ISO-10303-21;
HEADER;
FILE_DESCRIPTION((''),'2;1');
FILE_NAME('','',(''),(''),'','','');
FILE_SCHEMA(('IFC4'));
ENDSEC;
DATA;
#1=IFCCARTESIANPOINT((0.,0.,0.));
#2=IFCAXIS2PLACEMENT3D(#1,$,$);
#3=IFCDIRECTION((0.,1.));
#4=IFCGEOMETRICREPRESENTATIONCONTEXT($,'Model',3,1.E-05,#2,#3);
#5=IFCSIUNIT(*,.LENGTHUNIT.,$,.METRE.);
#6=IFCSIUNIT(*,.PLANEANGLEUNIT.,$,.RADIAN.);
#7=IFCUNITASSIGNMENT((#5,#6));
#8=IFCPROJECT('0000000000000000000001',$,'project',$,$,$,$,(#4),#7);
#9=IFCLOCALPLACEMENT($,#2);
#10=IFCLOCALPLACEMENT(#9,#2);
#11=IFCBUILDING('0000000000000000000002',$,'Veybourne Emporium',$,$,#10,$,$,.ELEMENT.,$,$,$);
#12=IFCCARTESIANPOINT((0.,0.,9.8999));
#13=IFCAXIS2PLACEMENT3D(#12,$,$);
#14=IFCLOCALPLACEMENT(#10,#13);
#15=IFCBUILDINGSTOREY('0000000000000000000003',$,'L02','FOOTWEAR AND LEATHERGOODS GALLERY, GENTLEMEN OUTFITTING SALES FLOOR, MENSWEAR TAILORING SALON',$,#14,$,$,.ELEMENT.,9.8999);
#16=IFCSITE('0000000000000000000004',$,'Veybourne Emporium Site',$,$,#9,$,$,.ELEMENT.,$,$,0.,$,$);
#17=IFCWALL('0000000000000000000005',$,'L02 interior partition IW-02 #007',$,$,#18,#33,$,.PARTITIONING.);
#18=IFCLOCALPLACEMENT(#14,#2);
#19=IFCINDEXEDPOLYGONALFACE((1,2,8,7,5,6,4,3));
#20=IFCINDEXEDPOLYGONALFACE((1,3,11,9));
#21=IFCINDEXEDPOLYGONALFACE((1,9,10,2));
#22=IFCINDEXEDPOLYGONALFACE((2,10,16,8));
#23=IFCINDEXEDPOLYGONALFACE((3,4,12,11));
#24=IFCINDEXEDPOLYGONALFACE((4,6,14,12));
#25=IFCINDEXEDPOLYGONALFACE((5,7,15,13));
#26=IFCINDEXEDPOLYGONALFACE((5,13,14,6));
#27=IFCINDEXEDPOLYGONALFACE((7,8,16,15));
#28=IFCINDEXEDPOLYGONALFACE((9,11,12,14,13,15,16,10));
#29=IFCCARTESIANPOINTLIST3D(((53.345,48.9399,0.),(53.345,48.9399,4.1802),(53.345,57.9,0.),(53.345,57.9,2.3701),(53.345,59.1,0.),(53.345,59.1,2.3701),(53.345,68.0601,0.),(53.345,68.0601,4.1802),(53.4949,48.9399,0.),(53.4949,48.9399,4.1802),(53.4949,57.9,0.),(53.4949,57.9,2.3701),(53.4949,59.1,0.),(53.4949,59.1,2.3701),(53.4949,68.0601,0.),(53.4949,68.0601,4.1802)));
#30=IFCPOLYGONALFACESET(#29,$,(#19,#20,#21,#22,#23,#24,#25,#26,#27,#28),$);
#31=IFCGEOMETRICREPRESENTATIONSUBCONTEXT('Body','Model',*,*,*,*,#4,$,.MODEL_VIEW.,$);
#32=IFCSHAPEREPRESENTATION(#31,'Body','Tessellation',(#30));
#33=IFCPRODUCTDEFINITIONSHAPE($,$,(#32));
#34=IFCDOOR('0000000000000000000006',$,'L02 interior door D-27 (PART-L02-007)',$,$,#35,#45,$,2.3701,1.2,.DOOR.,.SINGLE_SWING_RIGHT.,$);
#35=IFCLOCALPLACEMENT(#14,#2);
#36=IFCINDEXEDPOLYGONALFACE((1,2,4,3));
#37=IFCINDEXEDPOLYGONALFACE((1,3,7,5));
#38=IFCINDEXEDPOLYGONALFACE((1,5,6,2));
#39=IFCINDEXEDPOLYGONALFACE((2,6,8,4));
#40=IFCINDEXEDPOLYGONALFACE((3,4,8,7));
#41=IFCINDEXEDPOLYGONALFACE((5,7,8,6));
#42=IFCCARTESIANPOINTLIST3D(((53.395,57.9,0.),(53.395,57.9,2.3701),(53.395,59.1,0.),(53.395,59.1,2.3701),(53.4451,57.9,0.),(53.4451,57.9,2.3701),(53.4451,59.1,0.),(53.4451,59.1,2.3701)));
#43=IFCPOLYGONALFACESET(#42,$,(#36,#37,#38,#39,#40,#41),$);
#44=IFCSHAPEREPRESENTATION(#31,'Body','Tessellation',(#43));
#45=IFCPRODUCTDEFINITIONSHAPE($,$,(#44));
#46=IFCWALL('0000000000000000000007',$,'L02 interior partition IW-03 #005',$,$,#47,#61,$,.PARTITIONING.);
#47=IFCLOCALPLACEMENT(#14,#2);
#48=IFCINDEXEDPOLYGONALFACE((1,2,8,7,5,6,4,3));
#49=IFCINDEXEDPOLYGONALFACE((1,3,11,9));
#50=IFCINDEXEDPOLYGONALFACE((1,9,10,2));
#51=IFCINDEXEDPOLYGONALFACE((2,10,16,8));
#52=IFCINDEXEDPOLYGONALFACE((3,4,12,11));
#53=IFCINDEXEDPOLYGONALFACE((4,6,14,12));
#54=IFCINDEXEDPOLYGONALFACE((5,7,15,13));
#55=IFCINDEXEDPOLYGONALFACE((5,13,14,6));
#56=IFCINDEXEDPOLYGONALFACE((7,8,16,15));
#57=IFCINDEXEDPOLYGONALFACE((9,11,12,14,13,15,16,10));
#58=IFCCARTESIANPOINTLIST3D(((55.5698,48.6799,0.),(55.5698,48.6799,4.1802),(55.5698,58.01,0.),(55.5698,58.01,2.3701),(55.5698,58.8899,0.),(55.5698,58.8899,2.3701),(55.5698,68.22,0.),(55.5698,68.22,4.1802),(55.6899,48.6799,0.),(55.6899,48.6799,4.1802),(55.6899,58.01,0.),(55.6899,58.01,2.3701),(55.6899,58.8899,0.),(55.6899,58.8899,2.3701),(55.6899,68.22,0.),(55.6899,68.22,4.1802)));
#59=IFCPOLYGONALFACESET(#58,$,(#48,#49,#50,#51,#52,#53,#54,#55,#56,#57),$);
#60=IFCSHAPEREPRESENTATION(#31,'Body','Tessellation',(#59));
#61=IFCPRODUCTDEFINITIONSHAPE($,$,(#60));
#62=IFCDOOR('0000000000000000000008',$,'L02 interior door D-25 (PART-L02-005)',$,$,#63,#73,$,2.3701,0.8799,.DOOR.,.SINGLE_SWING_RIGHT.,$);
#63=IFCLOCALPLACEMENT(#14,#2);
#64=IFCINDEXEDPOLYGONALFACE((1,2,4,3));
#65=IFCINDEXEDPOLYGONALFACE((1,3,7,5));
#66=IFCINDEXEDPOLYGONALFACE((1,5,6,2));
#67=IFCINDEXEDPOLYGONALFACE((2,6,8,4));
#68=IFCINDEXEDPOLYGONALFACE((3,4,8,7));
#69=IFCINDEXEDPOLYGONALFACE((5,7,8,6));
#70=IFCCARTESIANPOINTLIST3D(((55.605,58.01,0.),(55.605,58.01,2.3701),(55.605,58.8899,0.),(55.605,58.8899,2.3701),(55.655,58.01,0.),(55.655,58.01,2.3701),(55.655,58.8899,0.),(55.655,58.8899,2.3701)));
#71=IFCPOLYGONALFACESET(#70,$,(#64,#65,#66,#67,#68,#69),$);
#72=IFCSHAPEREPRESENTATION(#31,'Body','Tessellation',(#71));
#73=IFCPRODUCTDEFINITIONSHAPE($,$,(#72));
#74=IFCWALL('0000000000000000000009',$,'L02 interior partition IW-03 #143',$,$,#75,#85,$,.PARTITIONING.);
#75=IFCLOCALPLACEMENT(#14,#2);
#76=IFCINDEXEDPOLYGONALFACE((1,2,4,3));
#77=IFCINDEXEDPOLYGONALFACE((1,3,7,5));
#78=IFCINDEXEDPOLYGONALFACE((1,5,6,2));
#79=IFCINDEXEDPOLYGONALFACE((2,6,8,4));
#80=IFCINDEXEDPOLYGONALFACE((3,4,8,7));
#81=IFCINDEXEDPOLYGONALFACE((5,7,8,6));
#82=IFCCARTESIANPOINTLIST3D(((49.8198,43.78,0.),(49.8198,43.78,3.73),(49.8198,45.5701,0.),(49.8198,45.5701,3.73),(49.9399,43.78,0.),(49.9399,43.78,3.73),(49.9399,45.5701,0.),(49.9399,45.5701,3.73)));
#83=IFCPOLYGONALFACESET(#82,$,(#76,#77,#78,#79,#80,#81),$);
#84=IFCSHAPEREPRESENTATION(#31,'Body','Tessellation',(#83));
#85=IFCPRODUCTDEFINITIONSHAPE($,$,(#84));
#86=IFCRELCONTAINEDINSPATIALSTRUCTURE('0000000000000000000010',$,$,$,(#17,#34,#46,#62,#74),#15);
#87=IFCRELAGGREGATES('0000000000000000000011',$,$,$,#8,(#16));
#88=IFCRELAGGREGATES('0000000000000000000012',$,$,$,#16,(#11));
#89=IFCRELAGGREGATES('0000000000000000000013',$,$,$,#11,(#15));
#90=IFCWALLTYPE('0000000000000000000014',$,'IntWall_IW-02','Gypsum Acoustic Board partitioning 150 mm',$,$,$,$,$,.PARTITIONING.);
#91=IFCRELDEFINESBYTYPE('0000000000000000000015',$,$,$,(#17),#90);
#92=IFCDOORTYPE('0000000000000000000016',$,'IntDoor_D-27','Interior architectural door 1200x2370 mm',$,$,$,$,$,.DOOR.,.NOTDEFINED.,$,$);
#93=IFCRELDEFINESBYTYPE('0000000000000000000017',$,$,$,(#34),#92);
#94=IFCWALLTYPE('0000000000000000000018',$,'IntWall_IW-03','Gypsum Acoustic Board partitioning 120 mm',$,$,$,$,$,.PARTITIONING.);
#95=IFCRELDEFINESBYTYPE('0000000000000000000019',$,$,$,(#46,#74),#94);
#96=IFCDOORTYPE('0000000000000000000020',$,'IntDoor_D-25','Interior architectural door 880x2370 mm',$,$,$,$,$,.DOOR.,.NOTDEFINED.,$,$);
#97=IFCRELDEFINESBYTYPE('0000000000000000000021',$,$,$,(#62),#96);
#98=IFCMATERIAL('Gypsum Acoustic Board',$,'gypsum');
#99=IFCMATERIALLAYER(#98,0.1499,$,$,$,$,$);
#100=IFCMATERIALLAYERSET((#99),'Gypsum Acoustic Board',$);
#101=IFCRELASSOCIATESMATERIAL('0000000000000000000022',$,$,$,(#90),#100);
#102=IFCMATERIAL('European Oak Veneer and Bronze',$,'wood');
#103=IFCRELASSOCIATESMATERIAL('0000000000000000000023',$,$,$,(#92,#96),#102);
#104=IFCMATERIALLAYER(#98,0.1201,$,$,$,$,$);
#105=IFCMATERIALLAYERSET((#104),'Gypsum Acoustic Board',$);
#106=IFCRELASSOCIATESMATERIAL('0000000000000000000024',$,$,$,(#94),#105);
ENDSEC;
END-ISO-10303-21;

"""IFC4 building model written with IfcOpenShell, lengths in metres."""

from ifc_helpers import new_model, si_unit, direction, frame, frame_2d, origin, place, context, subcontext, project, spatial, rectangle, extrude, material, layer, layer_set, type_object, element, fill, save


model = new_model("IFC4")

# Units and contexts
model_context = context("Model", 3, precision=1e-05, world=origin(), true_north=direction((0.0, 1.0)))
body_context = subcontext(model_context, "Body", "Model", "MODEL_VIEW")
ifc_project = project(units=[si_unit("LENGTHUNIT", "METRE"), si_unit("PLANEANGLEUNIT", "RADIAN")], contexts=[model_context])

# Site, building, storey
site_placement = place(None, origin())
site = spatial("IfcSite", under=ifc_project, at=site_placement, Name="Veybourne Emporium Site", CompositionType="ELEMENT", RefElevation=0.0)
building_placement = place(site_placement, origin())
building = spatial("IfcBuilding", under=site, at=building_placement, Name="Veybourne Emporium", CompositionType="ELEMENT")
storey_placement = place(building_placement, frame((0.0, 0.0, 9.8999)))
storey = spatial("IfcBuildingStorey", under=building, at=storey_placement, Name="L02", Description="FOOTWEAR AND LEATHERGOODS GALLERY, GENTLEMEN OUTFITTING SALES FLOOR, MENSWEAR TAILORING SALON", CompositionType="ELEMENT", Elevation=9.8999)

# Shared definitions
ifc_material_1 = material(Name="Gypsum Acoustic Board", Category="gypsum")

# Walls, openings, doors
ifc_layer_1 = layer(ifc_material_1, 0.1499)
ifc_layer_set_1 = layer_set([ifc_layer_1], Name="Gypsum Acoustic Board")
wall_type_1 = type_object("IfcWallType", Name="IntWall_IW-02", Description="Gypsum Acoustic Board partitioning 150 mm", PredefinedType="PARTITIONING", material=ifc_layer_set_1)
wall_1_placement = place(storey_placement, frame((53.4199, 48.9399, 0.0), z_axis=(0.0, 0.0, 1.0), x_axis=(0.0, 1.0, 0.0)))
wall_1 = element("IfcWall", 1, at=wall_1_placement, inside=storey, type_object=wall_type_1, Name="L02 interior partition IW-02 #007", PredefinedType="PARTITIONING", context=body_context, shape_type="SweptSolid", body=[
    extrude(rectangle(XDim=19.1201, YDim=0.1499, at=frame_2d((9.5601, 0.0))), origin(), (0.0, 0.0, 1.0), 4.1802),
])
opening_1_placement = place(wall_1_placement, frame((8.96, 0.0, 0.0)))
opening_1 = element("IfcOpeningElement", 2, at=opening_1_placement, cuts=wall_1, PredefinedType="OPENING", context=body_context, shape_type="SweptSolid", body=[
    extrude(rectangle(XDim=1.2, YDim=2.3701, at=frame_2d((0.6001, 1.1851))), frame((0.0, 0.095, 0.0), z_axis=(0.0, -1.0, 0.0), x_axis=(1.0, 0.0, 0.0)), (0.0, 0.0, 1.0), 0.1899),
])
ifc_material_2 = material(Name="European Oak Veneer and Bronze", Category="wood")
door_type_1 = type_object("IfcDoorType", Name="IntDoor_D-27", Description="Interior architectural door 1200x2370 mm", OperationType="NOTDEFINED", PredefinedType="DOOR", material=ifc_material_2)
door_1_placement = place(opening_1_placement, origin())
door_1 = element("IfcDoor", 3, at=door_1_placement, inside=storey, type_object=door_type_1, Name="L02 interior door D-27 (PART-L02-007)", OperationType="SINGLE_SWING_RIGHT", OverallHeight=2.3701, OverallWidth=1.2, PredefinedType="DOOR", context=body_context, shape_type="SweptSolid", body=[
    extrude(rectangle(XDim=1.2, YDim=2.3701, at=frame_2d((0.6001, 1.1851))), frame((0.0, 0.0249, 0.0), z_axis=(0.0, -1.0, 0.0), x_axis=(1.0, 0.0, 0.0)), (0.0, 0.0, 1.0), 0.05),
])
fill(opening_1, door_1)
ifc_layer_2 = layer(ifc_material_1, 0.1201)
ifc_layer_set_2 = layer_set([ifc_layer_2], Name="Gypsum Acoustic Board")
wall_type_2 = type_object("IfcWallType", Name="IntWall_IW-03", Description="Gypsum Acoustic Board partitioning 120 mm", PredefinedType="PARTITIONING", material=ifc_layer_set_2)
wall_2_placement = place(storey_placement, frame((55.6299, 48.6799, 0.0), z_axis=(0.0, 0.0, 1.0), x_axis=(0.0, 1.0, 0.0)))
wall_2 = element("IfcWall", 4, at=wall_2_placement, inside=storey, type_object=wall_type_2, Name="L02 interior partition IW-03 #005", PredefinedType="PARTITIONING", context=body_context, shape_type="SweptSolid", body=[
    extrude(rectangle(XDim=19.54, YDim=0.1201, at=frame_2d((9.77, 0.0))), origin(), (0.0, 0.0, 1.0), 4.1802),
])
opening_2_placement = place(wall_2_placement, frame((9.3301, 0.0, 0.0)))
opening_2 = element("IfcOpeningElement", 5, at=opening_2_placement, cuts=wall_2, PredefinedType="OPENING", context=body_context, shape_type="SweptSolid", body=[
    extrude(rectangle(XDim=0.8799, YDim=2.3701, at=frame_2d((0.4399, 1.1851))), frame((0.0, 0.0801, 0.0), z_axis=(0.0, -1.0, 0.0), x_axis=(1.0, 0.0, 0.0)), (0.0, 0.0, 1.0), 0.1602),
])
door_type_2 = type_object("IfcDoorType", Name="IntDoor_D-25", Description="Interior architectural door 880x2370 mm", OperationType="NOTDEFINED", PredefinedType="DOOR", material=ifc_material_2)
door_2_placement = place(opening_2_placement, origin())
door_2 = element("IfcDoor", 6, at=door_2_placement, inside=storey, type_object=door_type_2, Name="L02 interior door D-25 (PART-L02-005)", OperationType="SINGLE_SWING_RIGHT", OverallHeight=2.3701, OverallWidth=0.8799, PredefinedType="DOOR", context=body_context, shape_type="SweptSolid", body=[
    extrude(rectangle(XDim=0.8799, YDim=2.3701, at=frame_2d((0.4399, 1.1851))), frame((0.0, 0.0249, 0.0), z_axis=(0.0, -1.0, 0.0), x_axis=(1.0, 0.0, 0.0)), (0.0, 0.0, 1.0), 0.05),
])
fill(opening_2, door_2)

# Wall
wall_3_placement = place(storey_placement, frame((49.8799, 43.78, 0.0), z_axis=(0.0, 0.0, 1.0), x_axis=(0.0, 1.0, 0.0)))
element("IfcWall", 7, at=wall_3_placement, inside=storey, type_object=wall_type_2, Name="L02 interior partition IW-03 #143", PredefinedType="PARTITIONING", context=body_context, shape_type="SweptSolid", body=[
    extrude(rectangle(XDim=1.79, YDim=0.1201, at=frame_2d((0.895, 0.0))), origin(), (0.0, 0.0, 1.0), 3.73),
])

save(model, "model.ifc")
